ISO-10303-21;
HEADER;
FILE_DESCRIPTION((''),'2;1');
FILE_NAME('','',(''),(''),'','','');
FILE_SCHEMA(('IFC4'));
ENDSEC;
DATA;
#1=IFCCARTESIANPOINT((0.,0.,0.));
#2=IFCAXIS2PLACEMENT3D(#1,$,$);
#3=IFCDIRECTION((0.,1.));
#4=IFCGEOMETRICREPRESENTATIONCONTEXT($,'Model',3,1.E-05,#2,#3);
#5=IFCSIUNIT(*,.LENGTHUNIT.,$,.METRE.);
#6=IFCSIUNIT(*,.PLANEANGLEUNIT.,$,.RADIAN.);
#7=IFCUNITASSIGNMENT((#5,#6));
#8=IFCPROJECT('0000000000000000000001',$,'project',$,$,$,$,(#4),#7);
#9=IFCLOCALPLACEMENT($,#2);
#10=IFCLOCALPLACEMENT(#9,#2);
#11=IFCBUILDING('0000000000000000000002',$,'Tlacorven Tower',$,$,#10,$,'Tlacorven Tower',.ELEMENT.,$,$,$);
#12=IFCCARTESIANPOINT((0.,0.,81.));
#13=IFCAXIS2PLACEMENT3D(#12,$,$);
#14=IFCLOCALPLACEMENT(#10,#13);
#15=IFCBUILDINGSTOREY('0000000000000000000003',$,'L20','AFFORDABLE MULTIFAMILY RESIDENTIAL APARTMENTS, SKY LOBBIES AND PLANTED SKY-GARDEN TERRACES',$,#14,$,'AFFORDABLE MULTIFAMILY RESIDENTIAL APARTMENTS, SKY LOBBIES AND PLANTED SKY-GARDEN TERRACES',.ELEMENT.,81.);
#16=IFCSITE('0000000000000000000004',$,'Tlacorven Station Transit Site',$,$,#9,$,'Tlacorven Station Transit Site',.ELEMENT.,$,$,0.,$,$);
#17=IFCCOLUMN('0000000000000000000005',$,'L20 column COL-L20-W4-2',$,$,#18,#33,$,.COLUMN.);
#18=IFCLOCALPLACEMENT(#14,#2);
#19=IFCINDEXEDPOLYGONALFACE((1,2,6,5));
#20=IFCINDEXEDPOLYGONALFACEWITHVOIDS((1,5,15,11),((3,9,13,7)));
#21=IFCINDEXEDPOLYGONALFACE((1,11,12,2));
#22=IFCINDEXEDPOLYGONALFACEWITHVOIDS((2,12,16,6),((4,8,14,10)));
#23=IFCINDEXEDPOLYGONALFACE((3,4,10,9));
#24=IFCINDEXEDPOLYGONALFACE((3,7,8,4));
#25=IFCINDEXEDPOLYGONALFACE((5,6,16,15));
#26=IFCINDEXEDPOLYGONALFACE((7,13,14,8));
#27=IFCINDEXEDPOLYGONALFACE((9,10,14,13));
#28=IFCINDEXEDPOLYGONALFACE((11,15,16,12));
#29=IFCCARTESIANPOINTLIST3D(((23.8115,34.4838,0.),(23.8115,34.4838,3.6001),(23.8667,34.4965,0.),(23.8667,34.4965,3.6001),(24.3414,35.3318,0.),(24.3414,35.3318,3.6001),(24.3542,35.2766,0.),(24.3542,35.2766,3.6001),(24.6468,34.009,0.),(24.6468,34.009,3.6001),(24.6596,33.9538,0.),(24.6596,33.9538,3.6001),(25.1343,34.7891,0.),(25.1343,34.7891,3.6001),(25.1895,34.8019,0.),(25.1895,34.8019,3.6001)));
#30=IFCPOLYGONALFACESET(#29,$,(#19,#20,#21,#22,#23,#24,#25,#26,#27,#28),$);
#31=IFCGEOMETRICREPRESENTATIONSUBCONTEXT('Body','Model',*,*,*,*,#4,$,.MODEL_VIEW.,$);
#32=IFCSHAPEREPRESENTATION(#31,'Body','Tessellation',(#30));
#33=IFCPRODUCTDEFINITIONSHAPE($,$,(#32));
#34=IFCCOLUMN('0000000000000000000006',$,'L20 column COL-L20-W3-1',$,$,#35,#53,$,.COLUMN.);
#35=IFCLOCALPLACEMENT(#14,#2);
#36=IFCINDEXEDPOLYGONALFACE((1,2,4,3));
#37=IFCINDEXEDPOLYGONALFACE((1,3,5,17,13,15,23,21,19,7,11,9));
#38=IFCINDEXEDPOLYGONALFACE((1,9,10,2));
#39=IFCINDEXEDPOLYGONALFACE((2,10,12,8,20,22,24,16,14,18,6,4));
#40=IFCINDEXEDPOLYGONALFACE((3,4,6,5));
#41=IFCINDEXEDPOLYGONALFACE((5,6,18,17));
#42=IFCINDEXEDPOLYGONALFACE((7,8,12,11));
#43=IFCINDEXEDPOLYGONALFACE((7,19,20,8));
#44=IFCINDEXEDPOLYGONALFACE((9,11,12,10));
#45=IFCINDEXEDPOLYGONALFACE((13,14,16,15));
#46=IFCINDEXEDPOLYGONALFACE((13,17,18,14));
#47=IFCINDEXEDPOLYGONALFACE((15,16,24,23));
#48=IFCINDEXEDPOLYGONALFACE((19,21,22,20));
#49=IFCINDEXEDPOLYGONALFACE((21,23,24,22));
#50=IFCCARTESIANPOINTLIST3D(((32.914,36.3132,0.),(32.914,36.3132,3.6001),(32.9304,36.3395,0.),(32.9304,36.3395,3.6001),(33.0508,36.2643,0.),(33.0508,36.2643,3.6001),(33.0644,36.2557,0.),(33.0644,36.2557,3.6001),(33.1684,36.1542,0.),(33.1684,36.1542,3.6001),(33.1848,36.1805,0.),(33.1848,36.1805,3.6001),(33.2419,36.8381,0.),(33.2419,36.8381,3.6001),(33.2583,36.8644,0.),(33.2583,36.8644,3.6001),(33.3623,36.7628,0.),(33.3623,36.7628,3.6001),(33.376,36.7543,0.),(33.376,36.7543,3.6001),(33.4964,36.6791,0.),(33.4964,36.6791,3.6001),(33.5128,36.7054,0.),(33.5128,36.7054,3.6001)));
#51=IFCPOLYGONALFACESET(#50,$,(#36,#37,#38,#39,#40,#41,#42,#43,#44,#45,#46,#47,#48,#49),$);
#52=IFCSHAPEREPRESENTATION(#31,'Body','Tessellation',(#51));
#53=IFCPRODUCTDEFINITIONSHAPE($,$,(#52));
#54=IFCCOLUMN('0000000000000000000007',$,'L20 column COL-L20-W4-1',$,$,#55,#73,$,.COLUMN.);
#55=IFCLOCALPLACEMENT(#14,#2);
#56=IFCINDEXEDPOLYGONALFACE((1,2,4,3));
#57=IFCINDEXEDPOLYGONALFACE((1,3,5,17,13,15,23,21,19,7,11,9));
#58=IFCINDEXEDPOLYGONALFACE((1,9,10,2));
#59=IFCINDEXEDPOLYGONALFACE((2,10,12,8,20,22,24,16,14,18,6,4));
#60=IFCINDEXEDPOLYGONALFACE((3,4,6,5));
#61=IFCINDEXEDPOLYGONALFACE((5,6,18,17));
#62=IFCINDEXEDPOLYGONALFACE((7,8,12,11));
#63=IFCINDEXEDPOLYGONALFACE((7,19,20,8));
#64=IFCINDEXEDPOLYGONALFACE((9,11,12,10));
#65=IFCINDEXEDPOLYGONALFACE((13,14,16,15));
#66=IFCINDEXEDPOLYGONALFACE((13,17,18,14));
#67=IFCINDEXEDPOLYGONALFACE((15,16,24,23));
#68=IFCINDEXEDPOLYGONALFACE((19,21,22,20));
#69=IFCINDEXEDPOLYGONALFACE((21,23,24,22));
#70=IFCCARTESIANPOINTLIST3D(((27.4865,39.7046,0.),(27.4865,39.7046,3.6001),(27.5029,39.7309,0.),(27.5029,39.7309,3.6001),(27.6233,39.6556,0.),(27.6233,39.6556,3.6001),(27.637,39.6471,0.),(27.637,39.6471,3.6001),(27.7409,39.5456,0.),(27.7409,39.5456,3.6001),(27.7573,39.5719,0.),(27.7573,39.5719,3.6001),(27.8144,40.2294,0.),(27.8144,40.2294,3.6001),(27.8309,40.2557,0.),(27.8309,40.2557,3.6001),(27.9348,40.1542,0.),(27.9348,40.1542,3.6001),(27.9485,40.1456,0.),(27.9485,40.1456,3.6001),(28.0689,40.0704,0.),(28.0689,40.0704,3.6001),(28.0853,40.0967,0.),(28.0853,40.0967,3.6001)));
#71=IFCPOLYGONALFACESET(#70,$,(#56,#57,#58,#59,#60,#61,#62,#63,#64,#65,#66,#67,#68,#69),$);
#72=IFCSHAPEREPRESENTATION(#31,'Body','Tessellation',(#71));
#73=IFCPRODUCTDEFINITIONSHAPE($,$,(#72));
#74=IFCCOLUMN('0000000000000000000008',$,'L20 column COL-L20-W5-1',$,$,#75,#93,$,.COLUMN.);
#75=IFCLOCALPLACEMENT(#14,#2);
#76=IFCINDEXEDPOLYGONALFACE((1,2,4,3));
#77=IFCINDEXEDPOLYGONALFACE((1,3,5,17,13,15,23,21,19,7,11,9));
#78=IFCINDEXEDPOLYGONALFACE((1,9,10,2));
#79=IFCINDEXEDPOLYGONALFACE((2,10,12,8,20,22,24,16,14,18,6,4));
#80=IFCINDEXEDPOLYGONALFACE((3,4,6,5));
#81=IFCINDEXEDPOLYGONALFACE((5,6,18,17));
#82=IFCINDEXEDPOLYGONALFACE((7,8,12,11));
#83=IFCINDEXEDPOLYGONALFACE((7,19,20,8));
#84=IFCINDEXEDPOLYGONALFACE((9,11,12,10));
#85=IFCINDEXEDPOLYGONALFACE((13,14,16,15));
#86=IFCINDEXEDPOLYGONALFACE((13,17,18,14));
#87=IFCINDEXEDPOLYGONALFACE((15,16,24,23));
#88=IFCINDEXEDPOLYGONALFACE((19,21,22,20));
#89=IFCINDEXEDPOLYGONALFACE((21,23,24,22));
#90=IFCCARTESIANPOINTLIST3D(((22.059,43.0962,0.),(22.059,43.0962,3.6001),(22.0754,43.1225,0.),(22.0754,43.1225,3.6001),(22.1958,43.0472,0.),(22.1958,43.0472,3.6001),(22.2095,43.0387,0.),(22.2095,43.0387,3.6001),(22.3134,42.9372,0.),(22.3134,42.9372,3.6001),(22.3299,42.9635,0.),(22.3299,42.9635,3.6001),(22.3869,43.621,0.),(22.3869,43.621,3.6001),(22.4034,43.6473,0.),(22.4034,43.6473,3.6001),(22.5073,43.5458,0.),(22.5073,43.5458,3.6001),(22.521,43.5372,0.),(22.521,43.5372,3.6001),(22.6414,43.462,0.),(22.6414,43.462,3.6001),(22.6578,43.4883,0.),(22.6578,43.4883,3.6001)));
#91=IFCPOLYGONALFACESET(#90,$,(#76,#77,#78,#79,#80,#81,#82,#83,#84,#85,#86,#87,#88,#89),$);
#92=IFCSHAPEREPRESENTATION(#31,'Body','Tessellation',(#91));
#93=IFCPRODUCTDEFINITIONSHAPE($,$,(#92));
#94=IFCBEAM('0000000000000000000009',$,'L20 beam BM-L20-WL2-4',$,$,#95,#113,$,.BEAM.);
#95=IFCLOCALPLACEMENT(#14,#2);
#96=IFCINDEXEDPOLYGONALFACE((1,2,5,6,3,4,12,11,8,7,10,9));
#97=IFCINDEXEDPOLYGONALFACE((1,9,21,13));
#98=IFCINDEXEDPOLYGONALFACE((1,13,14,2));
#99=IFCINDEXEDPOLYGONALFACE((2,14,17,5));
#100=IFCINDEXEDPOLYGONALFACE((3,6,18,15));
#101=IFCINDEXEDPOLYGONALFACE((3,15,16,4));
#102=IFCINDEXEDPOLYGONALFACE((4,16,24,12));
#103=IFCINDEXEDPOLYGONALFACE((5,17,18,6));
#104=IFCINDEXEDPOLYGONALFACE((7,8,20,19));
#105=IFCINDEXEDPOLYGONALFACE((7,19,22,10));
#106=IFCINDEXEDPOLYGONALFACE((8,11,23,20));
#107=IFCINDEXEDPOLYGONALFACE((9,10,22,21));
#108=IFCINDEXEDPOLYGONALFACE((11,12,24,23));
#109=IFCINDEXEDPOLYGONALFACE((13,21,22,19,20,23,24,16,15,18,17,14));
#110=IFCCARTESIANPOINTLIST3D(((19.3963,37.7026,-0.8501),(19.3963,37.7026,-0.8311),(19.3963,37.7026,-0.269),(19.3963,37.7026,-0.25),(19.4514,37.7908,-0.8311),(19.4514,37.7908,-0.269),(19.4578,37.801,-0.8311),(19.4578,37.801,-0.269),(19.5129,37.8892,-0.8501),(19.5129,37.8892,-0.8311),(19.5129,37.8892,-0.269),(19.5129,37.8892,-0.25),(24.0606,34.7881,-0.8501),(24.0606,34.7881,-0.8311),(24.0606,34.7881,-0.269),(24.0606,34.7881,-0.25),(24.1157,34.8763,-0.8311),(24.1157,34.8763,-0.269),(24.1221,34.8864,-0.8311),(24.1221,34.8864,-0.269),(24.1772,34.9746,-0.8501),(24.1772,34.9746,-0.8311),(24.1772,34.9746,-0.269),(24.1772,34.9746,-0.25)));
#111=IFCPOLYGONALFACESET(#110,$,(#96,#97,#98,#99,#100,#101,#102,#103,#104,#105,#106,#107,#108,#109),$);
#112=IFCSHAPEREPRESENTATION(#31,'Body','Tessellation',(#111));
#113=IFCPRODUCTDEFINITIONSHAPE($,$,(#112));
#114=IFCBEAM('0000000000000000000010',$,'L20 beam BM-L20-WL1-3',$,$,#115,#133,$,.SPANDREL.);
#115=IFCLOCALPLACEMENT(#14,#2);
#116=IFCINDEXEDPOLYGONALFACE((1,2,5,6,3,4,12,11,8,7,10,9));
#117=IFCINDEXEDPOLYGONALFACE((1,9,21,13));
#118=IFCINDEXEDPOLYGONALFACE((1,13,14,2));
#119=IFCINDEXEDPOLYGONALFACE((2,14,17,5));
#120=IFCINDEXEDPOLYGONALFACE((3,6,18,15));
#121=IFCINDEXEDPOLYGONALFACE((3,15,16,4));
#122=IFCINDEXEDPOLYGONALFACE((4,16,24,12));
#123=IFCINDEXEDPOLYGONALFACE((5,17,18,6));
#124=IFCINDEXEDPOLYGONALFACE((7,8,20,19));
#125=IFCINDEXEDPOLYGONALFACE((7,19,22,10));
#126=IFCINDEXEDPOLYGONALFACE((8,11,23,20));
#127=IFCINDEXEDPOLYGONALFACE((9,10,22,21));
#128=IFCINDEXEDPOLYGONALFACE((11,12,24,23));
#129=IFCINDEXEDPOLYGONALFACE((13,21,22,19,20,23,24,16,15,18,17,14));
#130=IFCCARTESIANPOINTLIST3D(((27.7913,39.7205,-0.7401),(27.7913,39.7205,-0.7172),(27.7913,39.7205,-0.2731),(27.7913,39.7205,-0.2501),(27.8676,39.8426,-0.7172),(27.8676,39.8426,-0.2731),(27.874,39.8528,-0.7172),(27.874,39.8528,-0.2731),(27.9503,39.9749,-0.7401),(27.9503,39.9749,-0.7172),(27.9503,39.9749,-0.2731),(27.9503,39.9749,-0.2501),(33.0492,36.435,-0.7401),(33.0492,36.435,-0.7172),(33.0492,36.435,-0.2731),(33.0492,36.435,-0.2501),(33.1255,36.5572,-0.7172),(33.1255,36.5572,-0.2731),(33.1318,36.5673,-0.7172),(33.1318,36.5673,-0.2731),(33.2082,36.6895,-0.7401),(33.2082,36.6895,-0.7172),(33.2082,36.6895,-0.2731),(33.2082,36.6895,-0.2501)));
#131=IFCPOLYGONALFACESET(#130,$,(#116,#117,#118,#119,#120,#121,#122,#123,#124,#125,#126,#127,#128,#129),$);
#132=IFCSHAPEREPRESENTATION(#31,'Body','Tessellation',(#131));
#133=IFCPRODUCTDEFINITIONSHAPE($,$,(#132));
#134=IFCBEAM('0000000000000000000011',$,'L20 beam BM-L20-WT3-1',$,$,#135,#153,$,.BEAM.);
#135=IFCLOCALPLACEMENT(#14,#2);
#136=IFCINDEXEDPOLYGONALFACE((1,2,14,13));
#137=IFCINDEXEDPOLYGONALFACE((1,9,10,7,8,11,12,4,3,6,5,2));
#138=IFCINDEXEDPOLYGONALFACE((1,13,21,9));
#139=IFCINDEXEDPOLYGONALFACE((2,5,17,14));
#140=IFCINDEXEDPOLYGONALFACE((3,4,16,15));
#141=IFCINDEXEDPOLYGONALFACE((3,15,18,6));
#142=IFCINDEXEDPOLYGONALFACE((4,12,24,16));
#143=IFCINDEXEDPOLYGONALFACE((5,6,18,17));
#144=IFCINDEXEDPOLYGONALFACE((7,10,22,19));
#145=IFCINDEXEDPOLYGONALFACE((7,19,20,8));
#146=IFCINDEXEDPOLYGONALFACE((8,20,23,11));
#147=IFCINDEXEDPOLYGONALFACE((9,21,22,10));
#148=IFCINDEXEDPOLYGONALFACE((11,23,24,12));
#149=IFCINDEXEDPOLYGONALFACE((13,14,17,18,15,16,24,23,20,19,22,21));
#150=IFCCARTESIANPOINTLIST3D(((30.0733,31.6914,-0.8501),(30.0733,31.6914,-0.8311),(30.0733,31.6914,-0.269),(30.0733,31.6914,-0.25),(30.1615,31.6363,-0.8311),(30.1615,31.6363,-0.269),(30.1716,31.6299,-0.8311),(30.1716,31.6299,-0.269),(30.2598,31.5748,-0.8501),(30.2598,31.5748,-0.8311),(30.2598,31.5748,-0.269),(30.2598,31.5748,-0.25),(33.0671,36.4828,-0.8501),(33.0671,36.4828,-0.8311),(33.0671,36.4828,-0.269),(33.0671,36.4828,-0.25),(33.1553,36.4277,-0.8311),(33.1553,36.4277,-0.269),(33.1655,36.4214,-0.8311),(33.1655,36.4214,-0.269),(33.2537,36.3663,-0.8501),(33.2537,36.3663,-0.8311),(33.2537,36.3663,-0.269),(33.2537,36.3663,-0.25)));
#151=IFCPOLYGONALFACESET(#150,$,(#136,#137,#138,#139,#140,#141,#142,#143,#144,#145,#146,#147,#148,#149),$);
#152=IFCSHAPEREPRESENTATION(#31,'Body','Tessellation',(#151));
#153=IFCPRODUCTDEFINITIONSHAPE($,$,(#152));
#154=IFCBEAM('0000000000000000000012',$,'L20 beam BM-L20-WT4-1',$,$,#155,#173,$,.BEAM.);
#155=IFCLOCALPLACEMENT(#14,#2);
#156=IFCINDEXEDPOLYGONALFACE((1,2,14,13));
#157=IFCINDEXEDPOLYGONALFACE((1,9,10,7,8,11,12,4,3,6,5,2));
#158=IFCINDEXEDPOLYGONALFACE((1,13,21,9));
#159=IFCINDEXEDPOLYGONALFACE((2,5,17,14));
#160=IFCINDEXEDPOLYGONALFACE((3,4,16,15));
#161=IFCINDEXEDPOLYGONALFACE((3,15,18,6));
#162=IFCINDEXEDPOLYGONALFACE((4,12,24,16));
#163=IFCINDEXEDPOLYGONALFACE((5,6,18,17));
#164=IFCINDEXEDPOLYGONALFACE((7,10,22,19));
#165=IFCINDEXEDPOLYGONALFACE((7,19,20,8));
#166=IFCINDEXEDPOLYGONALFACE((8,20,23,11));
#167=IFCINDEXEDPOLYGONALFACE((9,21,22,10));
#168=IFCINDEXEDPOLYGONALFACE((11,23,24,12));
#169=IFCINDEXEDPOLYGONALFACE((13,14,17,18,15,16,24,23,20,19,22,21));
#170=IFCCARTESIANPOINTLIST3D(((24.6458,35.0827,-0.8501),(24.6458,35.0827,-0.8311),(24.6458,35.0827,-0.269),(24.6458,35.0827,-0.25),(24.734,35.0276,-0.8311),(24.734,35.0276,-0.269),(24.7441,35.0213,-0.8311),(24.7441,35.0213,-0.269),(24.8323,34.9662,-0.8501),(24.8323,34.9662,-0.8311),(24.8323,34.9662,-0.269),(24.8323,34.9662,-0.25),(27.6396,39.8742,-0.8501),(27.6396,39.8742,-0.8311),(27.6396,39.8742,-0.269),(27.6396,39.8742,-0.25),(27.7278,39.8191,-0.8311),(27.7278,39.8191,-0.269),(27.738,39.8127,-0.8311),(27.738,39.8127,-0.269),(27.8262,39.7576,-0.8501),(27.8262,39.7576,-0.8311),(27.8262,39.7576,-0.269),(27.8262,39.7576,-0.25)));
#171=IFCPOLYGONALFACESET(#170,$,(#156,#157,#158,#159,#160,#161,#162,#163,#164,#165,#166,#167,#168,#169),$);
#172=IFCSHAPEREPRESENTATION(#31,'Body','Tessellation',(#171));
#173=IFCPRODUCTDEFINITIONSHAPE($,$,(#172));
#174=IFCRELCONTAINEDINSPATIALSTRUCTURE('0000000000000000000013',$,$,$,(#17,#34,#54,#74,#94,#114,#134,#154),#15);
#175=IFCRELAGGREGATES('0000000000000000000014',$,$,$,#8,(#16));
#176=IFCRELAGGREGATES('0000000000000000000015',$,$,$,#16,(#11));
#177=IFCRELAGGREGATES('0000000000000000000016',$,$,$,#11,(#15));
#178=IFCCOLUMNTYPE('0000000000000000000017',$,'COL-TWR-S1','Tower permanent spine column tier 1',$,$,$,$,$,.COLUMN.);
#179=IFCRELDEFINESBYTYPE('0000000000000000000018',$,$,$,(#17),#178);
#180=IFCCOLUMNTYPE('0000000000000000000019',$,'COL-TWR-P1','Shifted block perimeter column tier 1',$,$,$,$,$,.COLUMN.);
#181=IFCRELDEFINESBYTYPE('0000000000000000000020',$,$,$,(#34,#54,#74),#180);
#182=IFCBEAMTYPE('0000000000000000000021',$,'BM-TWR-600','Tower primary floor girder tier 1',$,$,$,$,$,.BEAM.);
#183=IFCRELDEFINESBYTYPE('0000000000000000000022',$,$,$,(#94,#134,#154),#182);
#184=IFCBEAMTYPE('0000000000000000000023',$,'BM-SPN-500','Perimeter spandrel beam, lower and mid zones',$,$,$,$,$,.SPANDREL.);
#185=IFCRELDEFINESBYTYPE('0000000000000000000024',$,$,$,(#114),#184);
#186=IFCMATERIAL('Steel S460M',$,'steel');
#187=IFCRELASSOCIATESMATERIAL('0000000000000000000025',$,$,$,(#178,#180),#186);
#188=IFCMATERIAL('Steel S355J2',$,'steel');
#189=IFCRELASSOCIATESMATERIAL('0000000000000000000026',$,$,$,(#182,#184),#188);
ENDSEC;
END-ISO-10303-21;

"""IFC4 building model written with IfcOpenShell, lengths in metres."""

from ifc_helpers import new_model, si_unit, direction, frame, origin, origin_2d, place, context, subcontext, project, spatial, hollow_rectangle, i_section, extrude, source, transform, mapped, material, material_profile, profile_set, type_object, element, save


model = new_model("IFC4")

# Units and contexts
model_context = context("Model", 3, precision=1e-05, world=origin(), true_north=direction((0.0, 1.0)))
body_context = subcontext(model_context, "Body", "Model", "MODEL_VIEW")
ifc_project = project(units=[si_unit("LENGTHUNIT", "METRE"), si_unit("PLANEANGLEUNIT", "RADIAN")], contexts=[model_context])

# Site, building, storey
site_placement = place(None, origin())
site = spatial("IfcSite", under=ifc_project, at=site_placement, Name="Tlacorven Station Transit Site", LongName="Tlacorven Station Transit Site", CompositionType="ELEMENT", RefElevation=0.0)
building_placement = place(site_placement, origin())
building = spatial("IfcBuilding", under=site, at=building_placement, Name="Tlacorven Tower", LongName="Tlacorven Tower", CompositionType="ELEMENT")
storey_placement = place(building_placement, frame((0.0, 0.0, 81.0)))
storey = spatial("IfcBuildingStorey", under=building, at=storey_placement, Name="L20", Description="AFFORDABLE MULTIFAMILY RESIDENTIAL APARTMENTS, SKY LOBBIES AND PLANTED SKY-GARDEN TERRACES", LongName="AFFORDABLE MULTIFAMILY RESIDENTIAL APARTMENTS, SKY LOBBIES AND PLANTED SKY-GARDEN TERRACES", CompositionType="ELEMENT", Elevation=81.0)

# Columns
ifc_material_1 = material(Name="Steel S460M", Category="steel")
ifc_material_profile_1 = material_profile(ifc_material_1, hollow_rectangle(XDim=1.0, YDim=1.0, WallThickness=0.04, at=origin_2d()), Name="BOX 1000X1000X40")
ifc_profile_set_1 = profile_set([ifc_material_profile_1], Name="Steel S460M")
column_type_1 = type_object("IfcColumnType", Name="COL-TWR-S1", Description="Tower permanent spine column tier 1", PredefinedType="COLUMN", material=ifc_profile_set_1)
shared_shape_1 = source(origin(), body_context, "Body", "SweptSolid", [
    extrude(hollow_rectangle(XDim=1.0, YDim=1.0, WallThickness=0.04, at=origin_2d()), origin(), (0.0, 0.0, 1.0), 3.6001),
])
column_placement = place(storey_placement, frame((24.5005, 34.6428, 0.0), z_axis=(0.0, 0.0, 1.0), x_axis=(-0.848048, 0.529919, 0.0)))
element("IfcColumn", 1, at=column_placement, inside=storey, type_object=column_type_1, Name="L20 column COL-L20-W4-2", PredefinedType="COLUMN", context=body_context, shape_type="MappedRepresentation", body=[
    mapped(shared_shape_1, transform((0.0, 0.0, 0.0), scale=1.0)),
])
ifc_material_profile_2 = material_profile(ifc_material_1, i_section(OverallWidth=0.3, OverallDepth=0.6499, WebThickness=0.0161, FlangeThickness=0.031, at=origin_2d()), Name="HEB 650")
ifc_profile_set_2 = profile_set([ifc_material_profile_2], Name="Steel S460M")
column_type_2 = type_object("IfcColumnType", Name="COL-TWR-P1", Description="Shifted block perimeter column tier 1", PredefinedType="COLUMN", material=ifc_profile_set_2)
shared_shape_2 = source(origin(), body_context, "Body", "SweptSolid", [
    extrude(i_section(OverallWidth=0.3, OverallDepth=0.6499, WebThickness=0.0161, FlangeThickness=0.031, at=origin_2d()), origin(), (0.0, 0.0, 1.0), 3.6001),
])
for number, where, z_axis, x_axis, name in (
    (2, (33.2134, 36.5093, 0.0), (0.0, 0.0, 1.0), (-0.848048, 0.529919, 0.0), "L20 column COL-L20-W3-1"),
    (3, (27.7859, 39.9006, 0.0), (0.0, 0.0, 1.0), (-0.848048, 0.529919, 0.0), "L20 column COL-L20-W4-1"),
    (4, (22.3584, 43.2922, 0.0), (0.0, 0.0, 1.0), (-0.848048, 0.529919, 0.0), "L20 column COL-L20-W5-1"),
):
    element("IfcColumn", number, at=place(storey_placement, frame(where, z_axis=z_axis, x_axis=x_axis)), inside=storey, type_object=column_type_2, Name=name, PredefinedType="COLUMN", context=body_context, shape_type="MappedRepresentation", body=[
        mapped(shared_shape_2, transform((0.0, 0.0, 0.0), scale=1.0)),
    ])

# Beams
ifc_material_2 = material(Name="Steel S355J2", Category="steel")
ifc_material_profile_3 = material_profile(ifc_material_2, i_section(OverallWidth=0.22, OverallDepth=0.6001, WebThickness=0.012, FlangeThickness=0.019, at=origin_2d()), Name="IPE 600")
ifc_profile_set_3 = profile_set([ifc_material_profile_3], Name="Steel S355J2")
beam_type_1 = type_object("IfcBeamType", Name="BM-TWR-600", Description="Tower primary floor girder tier 1", PredefinedType="BEAM", material=ifc_profile_set_3)
shared_shape_3 = source(origin(), body_context, "Body", "SweptSolid", [
    extrude(i_section(OverallWidth=0.22, OverallDepth=0.6001, WebThickness=0.012, FlangeThickness=0.019, at=origin_2d()), origin(), (0.0, 0.0, 1.0), 5.5),
])
beam_1_placement = place(storey_placement, frame((24.1189, 34.8813, -0.55), z_axis=(-0.848051, 0.529915, 0.0), x_axis=(-0.529915, -0.848051, 0.0)))
element("IfcBeam", 5, at=beam_1_placement, inside=storey, type_object=beam_type_1, Name="L20 beam BM-L20-WL2-4", PredefinedType="BEAM", context=body_context, shape_type="MappedRepresentation", body=[
    mapped(shared_shape_3, transform((0.0, 0.0, 0.0), scale=1.0)),
])
ifc_material_profile_4 = material_profile(ifc_material_2, i_section(OverallWidth=0.3, OverallDepth=0.49, WebThickness=0.012, FlangeThickness=0.0229, at=origin_2d()), Name="HEA 500")
ifc_profile_set_4 = profile_set([ifc_material_profile_4], Name="Steel S355J2")
beam_type_2 = type_object("IfcBeamType", Name="BM-SPN-500", Description="Perimeter spandrel beam, lower and mid zones", PredefinedType="SPANDREL", material=ifc_profile_set_4)
shared_shape_4 = source(origin(), body_context, "Body", "SweptSolid", [
    extrude(i_section(OverallWidth=0.3, OverallDepth=0.49, WebThickness=0.012, FlangeThickness=0.0229, at=origin_2d()), origin(), (0.0, 0.0, 1.0), 6.2),
])
beam_2_placement = place(storey_placement, frame((33.1287, 36.5623, -0.4951), z_axis=(-0.848051, 0.529914, 0.0), x_axis=(-0.529914, -0.848051, 0.0)))
element("IfcBeam", 6, at=beam_2_placement, inside=storey, type_object=beam_type_2, Name="L20 beam BM-L20-WL1-3", PredefinedType="SPANDREL", context=body_context, shape_type="MappedRepresentation", body=[
    mapped(shared_shape_4, transform((0.0, 0.0, 0.0), scale=1.0)),
])
shared_shape_5 = source(origin(), body_context, "Body", "SweptSolid", [
    extrude(i_section(OverallWidth=0.22, OverallDepth=0.6001, WebThickness=0.012, FlangeThickness=0.019, at=origin_2d()), origin(), (0.0, 0.0, 1.0), 5.6499),
])
for number, where, z_axis, x_axis, name in (
    (7, (33.1604, 36.4246, -0.55), (-0.529898, -0.848061, 0.0), (0.848061, -0.529898, 0.0), "L20 beam BM-L20-WT3-1"),
    (8, (27.7329, 39.8159, -0.55), (-0.529898, -0.848061, 0.0), (0.848061, -0.529898, 0.0), "L20 beam BM-L20-WT4-1"),
):
    element("IfcBeam", number, at=place(storey_placement, frame(where, z_axis=z_axis, x_axis=x_axis)), inside=storey, type_object=beam_type_1, Name=name, PredefinedType="BEAM", context=body_context, shape_type="MappedRepresentation", body=[
        mapped(shared_shape_5, transform((0.0, 0.0, 0.0), scale=1.0)),
    ])

save(model, "model.ifc")
